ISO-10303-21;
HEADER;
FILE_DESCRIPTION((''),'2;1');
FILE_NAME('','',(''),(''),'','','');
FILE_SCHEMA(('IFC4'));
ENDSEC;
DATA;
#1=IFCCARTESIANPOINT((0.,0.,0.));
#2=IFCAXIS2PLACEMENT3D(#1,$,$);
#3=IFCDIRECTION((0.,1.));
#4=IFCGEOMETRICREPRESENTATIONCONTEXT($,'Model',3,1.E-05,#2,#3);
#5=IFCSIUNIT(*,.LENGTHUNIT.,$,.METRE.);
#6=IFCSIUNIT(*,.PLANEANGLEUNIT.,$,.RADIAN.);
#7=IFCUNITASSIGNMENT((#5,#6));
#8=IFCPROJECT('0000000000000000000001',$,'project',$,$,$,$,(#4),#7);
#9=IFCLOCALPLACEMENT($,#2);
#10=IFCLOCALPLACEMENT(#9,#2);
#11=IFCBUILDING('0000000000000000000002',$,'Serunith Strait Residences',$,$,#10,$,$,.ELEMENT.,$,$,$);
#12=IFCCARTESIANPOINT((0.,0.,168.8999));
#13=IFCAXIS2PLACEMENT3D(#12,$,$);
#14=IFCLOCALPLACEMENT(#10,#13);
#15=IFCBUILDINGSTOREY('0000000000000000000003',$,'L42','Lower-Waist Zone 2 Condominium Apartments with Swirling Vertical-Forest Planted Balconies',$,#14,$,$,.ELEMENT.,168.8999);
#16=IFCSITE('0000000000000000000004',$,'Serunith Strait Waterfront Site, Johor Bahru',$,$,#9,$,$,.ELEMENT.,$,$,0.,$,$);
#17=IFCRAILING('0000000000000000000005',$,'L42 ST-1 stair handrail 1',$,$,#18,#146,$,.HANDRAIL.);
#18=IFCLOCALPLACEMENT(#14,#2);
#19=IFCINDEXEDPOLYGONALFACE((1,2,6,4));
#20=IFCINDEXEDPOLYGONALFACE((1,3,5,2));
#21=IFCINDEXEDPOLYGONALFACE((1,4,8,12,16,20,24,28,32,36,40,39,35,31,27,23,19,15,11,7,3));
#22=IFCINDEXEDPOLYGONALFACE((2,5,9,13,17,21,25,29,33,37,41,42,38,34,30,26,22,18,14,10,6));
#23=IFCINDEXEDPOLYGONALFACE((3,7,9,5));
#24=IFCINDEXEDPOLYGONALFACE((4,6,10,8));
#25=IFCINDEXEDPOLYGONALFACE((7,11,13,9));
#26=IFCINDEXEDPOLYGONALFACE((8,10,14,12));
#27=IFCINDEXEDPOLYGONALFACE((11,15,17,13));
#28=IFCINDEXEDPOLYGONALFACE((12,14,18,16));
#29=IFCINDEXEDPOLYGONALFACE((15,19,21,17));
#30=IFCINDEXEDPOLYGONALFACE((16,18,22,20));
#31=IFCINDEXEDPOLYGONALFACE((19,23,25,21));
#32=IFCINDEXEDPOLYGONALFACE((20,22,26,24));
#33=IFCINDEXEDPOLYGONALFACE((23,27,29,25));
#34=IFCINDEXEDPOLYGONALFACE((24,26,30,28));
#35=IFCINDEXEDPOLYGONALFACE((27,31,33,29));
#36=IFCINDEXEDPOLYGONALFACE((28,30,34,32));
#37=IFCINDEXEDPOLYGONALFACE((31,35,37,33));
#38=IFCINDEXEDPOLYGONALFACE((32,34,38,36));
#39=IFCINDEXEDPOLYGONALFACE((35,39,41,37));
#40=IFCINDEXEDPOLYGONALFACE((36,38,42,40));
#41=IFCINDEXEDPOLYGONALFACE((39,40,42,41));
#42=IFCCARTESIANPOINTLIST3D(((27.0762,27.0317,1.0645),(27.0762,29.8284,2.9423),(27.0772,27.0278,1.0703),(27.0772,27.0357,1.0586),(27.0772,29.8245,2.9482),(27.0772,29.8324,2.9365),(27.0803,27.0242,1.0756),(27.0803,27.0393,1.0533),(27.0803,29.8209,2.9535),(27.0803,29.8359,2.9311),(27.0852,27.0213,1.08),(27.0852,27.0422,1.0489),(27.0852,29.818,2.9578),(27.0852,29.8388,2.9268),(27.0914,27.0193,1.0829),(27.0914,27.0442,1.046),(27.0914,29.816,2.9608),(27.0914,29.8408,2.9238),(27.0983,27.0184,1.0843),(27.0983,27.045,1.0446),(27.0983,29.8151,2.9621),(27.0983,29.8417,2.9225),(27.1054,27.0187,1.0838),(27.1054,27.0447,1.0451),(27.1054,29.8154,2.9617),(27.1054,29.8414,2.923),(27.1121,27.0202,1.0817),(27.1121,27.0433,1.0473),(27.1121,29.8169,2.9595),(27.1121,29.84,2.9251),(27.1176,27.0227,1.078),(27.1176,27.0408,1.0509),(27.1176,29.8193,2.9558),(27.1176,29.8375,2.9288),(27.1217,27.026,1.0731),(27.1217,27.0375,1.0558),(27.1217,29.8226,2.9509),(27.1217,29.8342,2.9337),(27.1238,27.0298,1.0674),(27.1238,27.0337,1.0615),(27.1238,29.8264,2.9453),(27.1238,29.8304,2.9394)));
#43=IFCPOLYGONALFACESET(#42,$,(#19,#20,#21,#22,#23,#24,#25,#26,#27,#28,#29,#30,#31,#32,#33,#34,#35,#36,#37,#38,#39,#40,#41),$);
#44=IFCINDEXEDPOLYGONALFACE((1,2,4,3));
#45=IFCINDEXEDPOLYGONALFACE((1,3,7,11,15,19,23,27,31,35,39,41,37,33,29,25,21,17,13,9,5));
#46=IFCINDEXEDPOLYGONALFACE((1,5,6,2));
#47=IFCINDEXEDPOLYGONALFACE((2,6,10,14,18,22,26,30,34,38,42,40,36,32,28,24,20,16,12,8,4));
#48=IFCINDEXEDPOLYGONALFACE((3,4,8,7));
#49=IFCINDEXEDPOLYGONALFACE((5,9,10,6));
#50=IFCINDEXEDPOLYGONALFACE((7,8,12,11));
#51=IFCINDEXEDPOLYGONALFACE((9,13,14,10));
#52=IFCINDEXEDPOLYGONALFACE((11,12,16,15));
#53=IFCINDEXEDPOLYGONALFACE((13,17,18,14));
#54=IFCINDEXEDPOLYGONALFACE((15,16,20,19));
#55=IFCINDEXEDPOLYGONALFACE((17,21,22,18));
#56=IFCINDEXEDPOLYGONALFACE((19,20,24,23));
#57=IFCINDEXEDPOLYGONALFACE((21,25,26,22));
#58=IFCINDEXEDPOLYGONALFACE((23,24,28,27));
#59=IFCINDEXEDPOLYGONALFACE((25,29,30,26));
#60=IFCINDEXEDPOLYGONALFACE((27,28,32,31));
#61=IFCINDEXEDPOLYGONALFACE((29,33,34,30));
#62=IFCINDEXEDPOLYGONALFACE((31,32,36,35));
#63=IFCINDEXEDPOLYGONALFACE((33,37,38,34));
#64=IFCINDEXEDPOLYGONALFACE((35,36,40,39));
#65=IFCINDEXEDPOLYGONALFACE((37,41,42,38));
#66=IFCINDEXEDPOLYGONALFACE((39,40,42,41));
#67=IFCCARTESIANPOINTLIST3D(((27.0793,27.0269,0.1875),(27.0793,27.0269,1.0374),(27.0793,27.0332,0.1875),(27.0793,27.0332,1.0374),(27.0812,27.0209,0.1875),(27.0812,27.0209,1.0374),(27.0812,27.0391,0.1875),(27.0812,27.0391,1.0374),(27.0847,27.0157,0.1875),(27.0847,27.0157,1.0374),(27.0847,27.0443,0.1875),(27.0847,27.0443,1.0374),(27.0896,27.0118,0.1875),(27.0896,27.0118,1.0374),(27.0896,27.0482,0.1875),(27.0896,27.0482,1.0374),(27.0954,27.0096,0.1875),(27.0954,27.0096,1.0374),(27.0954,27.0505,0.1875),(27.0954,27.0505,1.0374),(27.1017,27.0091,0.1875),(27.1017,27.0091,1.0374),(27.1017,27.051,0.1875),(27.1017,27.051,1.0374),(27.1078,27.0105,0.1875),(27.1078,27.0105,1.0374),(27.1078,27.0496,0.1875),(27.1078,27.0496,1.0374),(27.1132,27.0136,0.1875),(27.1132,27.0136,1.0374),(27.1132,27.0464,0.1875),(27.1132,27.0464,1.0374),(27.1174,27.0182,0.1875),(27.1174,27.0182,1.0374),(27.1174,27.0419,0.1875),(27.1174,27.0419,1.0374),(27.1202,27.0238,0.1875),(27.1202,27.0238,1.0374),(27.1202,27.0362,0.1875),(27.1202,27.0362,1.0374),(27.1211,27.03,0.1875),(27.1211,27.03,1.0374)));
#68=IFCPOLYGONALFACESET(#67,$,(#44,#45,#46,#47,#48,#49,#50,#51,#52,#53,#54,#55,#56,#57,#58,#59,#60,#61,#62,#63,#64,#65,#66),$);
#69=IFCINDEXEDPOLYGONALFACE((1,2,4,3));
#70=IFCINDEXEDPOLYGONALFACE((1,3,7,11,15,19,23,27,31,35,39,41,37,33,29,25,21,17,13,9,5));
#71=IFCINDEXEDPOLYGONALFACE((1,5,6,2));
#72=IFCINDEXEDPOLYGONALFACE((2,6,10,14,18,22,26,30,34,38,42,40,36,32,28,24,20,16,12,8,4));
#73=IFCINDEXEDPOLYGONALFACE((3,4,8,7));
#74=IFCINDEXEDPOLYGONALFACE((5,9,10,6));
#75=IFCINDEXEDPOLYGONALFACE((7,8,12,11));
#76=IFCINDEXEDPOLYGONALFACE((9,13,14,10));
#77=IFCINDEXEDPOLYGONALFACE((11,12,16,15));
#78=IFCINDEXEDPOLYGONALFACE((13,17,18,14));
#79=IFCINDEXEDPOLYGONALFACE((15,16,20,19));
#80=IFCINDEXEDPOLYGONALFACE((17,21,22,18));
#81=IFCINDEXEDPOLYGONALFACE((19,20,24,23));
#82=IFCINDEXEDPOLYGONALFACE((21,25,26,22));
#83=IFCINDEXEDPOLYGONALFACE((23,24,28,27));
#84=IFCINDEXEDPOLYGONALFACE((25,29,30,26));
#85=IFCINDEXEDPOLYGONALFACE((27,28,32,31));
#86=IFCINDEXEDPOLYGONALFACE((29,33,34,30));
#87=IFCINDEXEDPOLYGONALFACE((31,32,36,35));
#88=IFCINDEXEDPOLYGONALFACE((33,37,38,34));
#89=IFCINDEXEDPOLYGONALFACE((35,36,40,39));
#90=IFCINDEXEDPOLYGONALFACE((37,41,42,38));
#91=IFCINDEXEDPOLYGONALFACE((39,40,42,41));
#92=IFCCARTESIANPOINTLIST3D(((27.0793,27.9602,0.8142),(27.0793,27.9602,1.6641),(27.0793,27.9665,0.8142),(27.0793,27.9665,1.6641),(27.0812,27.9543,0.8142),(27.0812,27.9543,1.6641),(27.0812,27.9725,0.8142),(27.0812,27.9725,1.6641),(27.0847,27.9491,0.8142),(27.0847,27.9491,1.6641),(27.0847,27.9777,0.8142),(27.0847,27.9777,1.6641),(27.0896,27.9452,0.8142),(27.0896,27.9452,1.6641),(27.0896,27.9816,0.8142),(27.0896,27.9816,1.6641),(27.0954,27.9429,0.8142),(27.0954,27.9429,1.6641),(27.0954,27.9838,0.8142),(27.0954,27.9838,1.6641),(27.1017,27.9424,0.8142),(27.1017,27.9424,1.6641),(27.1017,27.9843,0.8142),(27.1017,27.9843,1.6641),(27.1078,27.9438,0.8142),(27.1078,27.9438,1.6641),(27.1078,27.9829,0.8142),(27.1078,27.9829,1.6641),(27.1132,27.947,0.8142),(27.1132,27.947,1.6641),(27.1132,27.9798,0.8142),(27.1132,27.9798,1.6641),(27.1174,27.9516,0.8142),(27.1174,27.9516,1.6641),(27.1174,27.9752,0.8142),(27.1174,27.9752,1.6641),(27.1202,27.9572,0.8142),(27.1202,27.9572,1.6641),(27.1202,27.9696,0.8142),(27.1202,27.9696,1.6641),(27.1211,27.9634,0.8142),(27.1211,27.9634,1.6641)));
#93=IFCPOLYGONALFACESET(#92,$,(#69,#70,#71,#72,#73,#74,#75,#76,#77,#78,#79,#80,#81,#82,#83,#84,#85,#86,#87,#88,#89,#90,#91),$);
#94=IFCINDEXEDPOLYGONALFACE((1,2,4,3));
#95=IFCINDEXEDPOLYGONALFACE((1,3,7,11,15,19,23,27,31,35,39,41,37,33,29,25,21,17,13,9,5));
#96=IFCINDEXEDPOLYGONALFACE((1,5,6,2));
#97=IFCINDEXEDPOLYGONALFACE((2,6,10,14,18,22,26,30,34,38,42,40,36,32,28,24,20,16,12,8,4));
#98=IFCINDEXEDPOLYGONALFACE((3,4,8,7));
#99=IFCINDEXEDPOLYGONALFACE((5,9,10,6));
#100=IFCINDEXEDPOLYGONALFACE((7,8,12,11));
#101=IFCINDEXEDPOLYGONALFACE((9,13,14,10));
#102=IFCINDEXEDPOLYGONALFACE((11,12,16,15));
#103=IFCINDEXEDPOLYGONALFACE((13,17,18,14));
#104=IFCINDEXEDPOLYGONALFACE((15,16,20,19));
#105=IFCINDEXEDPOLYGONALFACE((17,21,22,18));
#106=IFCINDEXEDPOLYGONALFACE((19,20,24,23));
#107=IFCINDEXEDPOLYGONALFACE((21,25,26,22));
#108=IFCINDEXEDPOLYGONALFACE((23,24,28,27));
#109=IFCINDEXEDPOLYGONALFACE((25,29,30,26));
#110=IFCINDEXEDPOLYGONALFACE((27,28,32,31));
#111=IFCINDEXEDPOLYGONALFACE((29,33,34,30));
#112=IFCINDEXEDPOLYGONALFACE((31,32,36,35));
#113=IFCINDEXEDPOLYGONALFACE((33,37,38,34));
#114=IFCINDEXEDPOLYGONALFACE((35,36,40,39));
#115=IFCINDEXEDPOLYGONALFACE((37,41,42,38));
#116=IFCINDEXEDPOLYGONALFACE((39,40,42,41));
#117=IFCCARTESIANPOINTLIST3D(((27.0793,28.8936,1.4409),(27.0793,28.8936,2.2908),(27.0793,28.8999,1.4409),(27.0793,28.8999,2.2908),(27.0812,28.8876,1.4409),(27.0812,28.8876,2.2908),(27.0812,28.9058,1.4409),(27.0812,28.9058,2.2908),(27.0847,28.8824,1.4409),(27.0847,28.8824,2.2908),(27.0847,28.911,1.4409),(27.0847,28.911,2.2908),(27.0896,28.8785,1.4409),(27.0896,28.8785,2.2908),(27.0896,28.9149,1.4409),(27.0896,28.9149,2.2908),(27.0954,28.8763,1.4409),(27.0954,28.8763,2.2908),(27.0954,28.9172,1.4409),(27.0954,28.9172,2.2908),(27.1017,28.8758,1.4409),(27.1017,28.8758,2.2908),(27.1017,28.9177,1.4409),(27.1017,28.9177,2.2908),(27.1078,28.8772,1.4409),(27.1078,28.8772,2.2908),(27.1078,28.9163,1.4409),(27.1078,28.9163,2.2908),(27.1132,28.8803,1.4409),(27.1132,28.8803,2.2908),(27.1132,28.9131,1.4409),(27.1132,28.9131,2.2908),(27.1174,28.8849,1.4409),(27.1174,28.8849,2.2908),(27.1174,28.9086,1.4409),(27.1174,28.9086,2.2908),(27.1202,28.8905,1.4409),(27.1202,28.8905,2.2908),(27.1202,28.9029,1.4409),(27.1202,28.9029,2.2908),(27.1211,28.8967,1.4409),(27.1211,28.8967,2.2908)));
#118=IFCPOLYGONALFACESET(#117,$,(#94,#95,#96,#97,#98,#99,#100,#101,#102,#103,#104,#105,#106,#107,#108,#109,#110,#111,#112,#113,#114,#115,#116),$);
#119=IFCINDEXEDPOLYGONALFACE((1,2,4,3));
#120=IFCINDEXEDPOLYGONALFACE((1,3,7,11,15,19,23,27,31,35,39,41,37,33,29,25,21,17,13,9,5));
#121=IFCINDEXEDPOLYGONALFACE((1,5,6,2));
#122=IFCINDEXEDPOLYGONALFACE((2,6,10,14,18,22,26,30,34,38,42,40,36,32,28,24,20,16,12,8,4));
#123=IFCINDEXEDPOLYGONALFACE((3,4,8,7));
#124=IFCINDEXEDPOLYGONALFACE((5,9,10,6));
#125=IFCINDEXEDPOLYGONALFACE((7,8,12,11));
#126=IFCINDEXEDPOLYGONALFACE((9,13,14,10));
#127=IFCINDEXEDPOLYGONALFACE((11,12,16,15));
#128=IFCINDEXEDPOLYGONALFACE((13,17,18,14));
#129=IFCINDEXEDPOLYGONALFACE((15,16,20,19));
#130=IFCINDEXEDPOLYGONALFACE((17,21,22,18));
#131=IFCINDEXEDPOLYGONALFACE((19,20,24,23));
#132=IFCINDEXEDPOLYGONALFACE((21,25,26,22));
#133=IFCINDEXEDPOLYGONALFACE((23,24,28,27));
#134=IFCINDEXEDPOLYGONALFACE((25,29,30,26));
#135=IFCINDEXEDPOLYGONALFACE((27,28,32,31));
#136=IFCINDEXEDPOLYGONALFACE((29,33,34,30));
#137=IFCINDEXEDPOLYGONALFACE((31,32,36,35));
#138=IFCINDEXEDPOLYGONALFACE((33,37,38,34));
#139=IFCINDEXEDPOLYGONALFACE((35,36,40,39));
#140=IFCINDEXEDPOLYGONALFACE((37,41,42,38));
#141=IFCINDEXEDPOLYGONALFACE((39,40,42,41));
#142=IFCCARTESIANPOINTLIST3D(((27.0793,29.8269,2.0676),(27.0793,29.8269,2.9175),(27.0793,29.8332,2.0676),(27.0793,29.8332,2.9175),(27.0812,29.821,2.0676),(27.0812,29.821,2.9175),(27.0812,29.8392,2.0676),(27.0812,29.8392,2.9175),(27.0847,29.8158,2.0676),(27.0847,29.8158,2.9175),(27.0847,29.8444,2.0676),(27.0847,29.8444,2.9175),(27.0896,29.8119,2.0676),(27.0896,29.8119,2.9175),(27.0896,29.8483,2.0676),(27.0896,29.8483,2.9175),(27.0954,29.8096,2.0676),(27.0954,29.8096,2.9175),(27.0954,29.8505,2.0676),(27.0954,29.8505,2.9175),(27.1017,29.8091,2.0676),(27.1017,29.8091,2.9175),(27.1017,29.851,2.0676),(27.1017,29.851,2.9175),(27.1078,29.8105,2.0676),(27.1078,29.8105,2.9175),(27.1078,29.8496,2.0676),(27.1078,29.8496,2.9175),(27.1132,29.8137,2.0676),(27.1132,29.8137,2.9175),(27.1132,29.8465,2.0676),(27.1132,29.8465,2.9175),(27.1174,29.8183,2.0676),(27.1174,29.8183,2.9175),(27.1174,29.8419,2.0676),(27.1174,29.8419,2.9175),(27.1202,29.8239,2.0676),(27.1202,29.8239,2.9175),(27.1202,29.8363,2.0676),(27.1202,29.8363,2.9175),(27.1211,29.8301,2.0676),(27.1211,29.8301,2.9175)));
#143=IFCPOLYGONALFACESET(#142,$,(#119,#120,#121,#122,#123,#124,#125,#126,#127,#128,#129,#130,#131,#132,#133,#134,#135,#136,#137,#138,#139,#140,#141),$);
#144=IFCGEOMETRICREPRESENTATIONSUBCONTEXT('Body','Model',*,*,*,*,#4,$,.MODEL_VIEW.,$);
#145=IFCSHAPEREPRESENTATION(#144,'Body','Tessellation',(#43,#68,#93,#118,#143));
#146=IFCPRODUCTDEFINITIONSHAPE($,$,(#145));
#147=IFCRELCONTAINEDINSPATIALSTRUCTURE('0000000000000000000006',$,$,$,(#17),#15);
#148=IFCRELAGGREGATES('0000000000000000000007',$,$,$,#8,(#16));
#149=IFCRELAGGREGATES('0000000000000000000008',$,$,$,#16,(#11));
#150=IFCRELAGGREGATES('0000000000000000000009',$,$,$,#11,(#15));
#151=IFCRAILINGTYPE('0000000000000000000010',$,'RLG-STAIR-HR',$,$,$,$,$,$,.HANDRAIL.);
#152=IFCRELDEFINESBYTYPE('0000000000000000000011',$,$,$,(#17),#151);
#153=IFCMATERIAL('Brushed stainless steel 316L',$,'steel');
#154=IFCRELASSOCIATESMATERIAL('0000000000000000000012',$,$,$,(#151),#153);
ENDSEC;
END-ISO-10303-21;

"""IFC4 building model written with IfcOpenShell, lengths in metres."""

from ifc_helpers import new_model, si_unit, direction, frame, origin, origin_2d, place, context, subcontext, project, spatial, circle, extrude, material, type_object, element, save


model = new_model("IFC4")

# Units and contexts
model_context = context("Model", 3, precision=1e-05, world=origin(), true_north=direction((0.0, 1.0)))
body_context = subcontext(model_context, "Body", "Model", "MODEL_VIEW")
ifc_project = project(units=[si_unit("LENGTHUNIT", "METRE"), si_unit("PLANEANGLEUNIT", "RADIAN")], contexts=[model_context])

# Site, building, storey
site_placement = place(None, origin())
site = spatial("IfcSite", under=ifc_project, at=site_placement, Name="Serunith Strait Waterfront Site, Johor Bahru", CompositionType="ELEMENT", RefElevation=0.0)
building_placement = place(site_placement, origin())
building = spatial("IfcBuilding", under=site, at=building_placement, Name="Serunith Strait Residences", CompositionType="ELEMENT")
storey_placement = place(building_placement, frame((0.0, 0.0, 168.8999)))
storey = spatial("IfcBuildingStorey", under=building, at=storey_placement, Name="L42", Description="Lower-Waist Zone 2 Condominium Apartments with Swirling Vertical-Forest Planted Balconies", CompositionType="ELEMENT", Elevation=168.8999)

# Railing
ifc_material_1 = material(Name="Brushed stainless steel 316L", Category="steel")
railing_type_1 = type_object("IfcRailingType", Name="RLG-STAIR-HR", PredefinedType="HANDRAIL", material=ifc_material_1)
railing_1_placement = place(storey_placement, frame((27.1001, 27.03, 0.1875)))
element("IfcRailing", 1, at=railing_1_placement, inside=storey, type_object=railing_type_1, Name="L42 ST-1 stair handrail 1", PredefinedType="HANDRAIL", context=body_context, shape_type="SweptSolid", body=[
    extrude(circle(Radius=0.0239, at=origin_2d()), frame((0.0, 0.0017, 0.877), z_axis=(0.0, 0.830208, 0.557453), x_axis=(-1.0, 0.0, 0.0)), (0.0, 0.0, 1.0), 3.3687),
    extrude(circle(Radius=0.021, at=origin_2d()), origin(), (0.0, 0.0, 1.0), 0.8499),
    extrude(circle(Radius=0.021, at=origin_2d()), frame((0.0, 0.9333, 0.6267)), (0.0, 0.0, 1.0), 0.8499),
    extrude(circle(Radius=0.021, at=origin_2d()), frame((0.0, 1.8667, 1.2534)), (0.0, 0.0, 1.0), 0.8499),
    extrude(circle(Radius=0.021, at=origin_2d()), frame((0.0, 2.8, 1.8801)), (0.0, 0.0, 1.0), 0.8499),
])

save(model, "model.ifc")
